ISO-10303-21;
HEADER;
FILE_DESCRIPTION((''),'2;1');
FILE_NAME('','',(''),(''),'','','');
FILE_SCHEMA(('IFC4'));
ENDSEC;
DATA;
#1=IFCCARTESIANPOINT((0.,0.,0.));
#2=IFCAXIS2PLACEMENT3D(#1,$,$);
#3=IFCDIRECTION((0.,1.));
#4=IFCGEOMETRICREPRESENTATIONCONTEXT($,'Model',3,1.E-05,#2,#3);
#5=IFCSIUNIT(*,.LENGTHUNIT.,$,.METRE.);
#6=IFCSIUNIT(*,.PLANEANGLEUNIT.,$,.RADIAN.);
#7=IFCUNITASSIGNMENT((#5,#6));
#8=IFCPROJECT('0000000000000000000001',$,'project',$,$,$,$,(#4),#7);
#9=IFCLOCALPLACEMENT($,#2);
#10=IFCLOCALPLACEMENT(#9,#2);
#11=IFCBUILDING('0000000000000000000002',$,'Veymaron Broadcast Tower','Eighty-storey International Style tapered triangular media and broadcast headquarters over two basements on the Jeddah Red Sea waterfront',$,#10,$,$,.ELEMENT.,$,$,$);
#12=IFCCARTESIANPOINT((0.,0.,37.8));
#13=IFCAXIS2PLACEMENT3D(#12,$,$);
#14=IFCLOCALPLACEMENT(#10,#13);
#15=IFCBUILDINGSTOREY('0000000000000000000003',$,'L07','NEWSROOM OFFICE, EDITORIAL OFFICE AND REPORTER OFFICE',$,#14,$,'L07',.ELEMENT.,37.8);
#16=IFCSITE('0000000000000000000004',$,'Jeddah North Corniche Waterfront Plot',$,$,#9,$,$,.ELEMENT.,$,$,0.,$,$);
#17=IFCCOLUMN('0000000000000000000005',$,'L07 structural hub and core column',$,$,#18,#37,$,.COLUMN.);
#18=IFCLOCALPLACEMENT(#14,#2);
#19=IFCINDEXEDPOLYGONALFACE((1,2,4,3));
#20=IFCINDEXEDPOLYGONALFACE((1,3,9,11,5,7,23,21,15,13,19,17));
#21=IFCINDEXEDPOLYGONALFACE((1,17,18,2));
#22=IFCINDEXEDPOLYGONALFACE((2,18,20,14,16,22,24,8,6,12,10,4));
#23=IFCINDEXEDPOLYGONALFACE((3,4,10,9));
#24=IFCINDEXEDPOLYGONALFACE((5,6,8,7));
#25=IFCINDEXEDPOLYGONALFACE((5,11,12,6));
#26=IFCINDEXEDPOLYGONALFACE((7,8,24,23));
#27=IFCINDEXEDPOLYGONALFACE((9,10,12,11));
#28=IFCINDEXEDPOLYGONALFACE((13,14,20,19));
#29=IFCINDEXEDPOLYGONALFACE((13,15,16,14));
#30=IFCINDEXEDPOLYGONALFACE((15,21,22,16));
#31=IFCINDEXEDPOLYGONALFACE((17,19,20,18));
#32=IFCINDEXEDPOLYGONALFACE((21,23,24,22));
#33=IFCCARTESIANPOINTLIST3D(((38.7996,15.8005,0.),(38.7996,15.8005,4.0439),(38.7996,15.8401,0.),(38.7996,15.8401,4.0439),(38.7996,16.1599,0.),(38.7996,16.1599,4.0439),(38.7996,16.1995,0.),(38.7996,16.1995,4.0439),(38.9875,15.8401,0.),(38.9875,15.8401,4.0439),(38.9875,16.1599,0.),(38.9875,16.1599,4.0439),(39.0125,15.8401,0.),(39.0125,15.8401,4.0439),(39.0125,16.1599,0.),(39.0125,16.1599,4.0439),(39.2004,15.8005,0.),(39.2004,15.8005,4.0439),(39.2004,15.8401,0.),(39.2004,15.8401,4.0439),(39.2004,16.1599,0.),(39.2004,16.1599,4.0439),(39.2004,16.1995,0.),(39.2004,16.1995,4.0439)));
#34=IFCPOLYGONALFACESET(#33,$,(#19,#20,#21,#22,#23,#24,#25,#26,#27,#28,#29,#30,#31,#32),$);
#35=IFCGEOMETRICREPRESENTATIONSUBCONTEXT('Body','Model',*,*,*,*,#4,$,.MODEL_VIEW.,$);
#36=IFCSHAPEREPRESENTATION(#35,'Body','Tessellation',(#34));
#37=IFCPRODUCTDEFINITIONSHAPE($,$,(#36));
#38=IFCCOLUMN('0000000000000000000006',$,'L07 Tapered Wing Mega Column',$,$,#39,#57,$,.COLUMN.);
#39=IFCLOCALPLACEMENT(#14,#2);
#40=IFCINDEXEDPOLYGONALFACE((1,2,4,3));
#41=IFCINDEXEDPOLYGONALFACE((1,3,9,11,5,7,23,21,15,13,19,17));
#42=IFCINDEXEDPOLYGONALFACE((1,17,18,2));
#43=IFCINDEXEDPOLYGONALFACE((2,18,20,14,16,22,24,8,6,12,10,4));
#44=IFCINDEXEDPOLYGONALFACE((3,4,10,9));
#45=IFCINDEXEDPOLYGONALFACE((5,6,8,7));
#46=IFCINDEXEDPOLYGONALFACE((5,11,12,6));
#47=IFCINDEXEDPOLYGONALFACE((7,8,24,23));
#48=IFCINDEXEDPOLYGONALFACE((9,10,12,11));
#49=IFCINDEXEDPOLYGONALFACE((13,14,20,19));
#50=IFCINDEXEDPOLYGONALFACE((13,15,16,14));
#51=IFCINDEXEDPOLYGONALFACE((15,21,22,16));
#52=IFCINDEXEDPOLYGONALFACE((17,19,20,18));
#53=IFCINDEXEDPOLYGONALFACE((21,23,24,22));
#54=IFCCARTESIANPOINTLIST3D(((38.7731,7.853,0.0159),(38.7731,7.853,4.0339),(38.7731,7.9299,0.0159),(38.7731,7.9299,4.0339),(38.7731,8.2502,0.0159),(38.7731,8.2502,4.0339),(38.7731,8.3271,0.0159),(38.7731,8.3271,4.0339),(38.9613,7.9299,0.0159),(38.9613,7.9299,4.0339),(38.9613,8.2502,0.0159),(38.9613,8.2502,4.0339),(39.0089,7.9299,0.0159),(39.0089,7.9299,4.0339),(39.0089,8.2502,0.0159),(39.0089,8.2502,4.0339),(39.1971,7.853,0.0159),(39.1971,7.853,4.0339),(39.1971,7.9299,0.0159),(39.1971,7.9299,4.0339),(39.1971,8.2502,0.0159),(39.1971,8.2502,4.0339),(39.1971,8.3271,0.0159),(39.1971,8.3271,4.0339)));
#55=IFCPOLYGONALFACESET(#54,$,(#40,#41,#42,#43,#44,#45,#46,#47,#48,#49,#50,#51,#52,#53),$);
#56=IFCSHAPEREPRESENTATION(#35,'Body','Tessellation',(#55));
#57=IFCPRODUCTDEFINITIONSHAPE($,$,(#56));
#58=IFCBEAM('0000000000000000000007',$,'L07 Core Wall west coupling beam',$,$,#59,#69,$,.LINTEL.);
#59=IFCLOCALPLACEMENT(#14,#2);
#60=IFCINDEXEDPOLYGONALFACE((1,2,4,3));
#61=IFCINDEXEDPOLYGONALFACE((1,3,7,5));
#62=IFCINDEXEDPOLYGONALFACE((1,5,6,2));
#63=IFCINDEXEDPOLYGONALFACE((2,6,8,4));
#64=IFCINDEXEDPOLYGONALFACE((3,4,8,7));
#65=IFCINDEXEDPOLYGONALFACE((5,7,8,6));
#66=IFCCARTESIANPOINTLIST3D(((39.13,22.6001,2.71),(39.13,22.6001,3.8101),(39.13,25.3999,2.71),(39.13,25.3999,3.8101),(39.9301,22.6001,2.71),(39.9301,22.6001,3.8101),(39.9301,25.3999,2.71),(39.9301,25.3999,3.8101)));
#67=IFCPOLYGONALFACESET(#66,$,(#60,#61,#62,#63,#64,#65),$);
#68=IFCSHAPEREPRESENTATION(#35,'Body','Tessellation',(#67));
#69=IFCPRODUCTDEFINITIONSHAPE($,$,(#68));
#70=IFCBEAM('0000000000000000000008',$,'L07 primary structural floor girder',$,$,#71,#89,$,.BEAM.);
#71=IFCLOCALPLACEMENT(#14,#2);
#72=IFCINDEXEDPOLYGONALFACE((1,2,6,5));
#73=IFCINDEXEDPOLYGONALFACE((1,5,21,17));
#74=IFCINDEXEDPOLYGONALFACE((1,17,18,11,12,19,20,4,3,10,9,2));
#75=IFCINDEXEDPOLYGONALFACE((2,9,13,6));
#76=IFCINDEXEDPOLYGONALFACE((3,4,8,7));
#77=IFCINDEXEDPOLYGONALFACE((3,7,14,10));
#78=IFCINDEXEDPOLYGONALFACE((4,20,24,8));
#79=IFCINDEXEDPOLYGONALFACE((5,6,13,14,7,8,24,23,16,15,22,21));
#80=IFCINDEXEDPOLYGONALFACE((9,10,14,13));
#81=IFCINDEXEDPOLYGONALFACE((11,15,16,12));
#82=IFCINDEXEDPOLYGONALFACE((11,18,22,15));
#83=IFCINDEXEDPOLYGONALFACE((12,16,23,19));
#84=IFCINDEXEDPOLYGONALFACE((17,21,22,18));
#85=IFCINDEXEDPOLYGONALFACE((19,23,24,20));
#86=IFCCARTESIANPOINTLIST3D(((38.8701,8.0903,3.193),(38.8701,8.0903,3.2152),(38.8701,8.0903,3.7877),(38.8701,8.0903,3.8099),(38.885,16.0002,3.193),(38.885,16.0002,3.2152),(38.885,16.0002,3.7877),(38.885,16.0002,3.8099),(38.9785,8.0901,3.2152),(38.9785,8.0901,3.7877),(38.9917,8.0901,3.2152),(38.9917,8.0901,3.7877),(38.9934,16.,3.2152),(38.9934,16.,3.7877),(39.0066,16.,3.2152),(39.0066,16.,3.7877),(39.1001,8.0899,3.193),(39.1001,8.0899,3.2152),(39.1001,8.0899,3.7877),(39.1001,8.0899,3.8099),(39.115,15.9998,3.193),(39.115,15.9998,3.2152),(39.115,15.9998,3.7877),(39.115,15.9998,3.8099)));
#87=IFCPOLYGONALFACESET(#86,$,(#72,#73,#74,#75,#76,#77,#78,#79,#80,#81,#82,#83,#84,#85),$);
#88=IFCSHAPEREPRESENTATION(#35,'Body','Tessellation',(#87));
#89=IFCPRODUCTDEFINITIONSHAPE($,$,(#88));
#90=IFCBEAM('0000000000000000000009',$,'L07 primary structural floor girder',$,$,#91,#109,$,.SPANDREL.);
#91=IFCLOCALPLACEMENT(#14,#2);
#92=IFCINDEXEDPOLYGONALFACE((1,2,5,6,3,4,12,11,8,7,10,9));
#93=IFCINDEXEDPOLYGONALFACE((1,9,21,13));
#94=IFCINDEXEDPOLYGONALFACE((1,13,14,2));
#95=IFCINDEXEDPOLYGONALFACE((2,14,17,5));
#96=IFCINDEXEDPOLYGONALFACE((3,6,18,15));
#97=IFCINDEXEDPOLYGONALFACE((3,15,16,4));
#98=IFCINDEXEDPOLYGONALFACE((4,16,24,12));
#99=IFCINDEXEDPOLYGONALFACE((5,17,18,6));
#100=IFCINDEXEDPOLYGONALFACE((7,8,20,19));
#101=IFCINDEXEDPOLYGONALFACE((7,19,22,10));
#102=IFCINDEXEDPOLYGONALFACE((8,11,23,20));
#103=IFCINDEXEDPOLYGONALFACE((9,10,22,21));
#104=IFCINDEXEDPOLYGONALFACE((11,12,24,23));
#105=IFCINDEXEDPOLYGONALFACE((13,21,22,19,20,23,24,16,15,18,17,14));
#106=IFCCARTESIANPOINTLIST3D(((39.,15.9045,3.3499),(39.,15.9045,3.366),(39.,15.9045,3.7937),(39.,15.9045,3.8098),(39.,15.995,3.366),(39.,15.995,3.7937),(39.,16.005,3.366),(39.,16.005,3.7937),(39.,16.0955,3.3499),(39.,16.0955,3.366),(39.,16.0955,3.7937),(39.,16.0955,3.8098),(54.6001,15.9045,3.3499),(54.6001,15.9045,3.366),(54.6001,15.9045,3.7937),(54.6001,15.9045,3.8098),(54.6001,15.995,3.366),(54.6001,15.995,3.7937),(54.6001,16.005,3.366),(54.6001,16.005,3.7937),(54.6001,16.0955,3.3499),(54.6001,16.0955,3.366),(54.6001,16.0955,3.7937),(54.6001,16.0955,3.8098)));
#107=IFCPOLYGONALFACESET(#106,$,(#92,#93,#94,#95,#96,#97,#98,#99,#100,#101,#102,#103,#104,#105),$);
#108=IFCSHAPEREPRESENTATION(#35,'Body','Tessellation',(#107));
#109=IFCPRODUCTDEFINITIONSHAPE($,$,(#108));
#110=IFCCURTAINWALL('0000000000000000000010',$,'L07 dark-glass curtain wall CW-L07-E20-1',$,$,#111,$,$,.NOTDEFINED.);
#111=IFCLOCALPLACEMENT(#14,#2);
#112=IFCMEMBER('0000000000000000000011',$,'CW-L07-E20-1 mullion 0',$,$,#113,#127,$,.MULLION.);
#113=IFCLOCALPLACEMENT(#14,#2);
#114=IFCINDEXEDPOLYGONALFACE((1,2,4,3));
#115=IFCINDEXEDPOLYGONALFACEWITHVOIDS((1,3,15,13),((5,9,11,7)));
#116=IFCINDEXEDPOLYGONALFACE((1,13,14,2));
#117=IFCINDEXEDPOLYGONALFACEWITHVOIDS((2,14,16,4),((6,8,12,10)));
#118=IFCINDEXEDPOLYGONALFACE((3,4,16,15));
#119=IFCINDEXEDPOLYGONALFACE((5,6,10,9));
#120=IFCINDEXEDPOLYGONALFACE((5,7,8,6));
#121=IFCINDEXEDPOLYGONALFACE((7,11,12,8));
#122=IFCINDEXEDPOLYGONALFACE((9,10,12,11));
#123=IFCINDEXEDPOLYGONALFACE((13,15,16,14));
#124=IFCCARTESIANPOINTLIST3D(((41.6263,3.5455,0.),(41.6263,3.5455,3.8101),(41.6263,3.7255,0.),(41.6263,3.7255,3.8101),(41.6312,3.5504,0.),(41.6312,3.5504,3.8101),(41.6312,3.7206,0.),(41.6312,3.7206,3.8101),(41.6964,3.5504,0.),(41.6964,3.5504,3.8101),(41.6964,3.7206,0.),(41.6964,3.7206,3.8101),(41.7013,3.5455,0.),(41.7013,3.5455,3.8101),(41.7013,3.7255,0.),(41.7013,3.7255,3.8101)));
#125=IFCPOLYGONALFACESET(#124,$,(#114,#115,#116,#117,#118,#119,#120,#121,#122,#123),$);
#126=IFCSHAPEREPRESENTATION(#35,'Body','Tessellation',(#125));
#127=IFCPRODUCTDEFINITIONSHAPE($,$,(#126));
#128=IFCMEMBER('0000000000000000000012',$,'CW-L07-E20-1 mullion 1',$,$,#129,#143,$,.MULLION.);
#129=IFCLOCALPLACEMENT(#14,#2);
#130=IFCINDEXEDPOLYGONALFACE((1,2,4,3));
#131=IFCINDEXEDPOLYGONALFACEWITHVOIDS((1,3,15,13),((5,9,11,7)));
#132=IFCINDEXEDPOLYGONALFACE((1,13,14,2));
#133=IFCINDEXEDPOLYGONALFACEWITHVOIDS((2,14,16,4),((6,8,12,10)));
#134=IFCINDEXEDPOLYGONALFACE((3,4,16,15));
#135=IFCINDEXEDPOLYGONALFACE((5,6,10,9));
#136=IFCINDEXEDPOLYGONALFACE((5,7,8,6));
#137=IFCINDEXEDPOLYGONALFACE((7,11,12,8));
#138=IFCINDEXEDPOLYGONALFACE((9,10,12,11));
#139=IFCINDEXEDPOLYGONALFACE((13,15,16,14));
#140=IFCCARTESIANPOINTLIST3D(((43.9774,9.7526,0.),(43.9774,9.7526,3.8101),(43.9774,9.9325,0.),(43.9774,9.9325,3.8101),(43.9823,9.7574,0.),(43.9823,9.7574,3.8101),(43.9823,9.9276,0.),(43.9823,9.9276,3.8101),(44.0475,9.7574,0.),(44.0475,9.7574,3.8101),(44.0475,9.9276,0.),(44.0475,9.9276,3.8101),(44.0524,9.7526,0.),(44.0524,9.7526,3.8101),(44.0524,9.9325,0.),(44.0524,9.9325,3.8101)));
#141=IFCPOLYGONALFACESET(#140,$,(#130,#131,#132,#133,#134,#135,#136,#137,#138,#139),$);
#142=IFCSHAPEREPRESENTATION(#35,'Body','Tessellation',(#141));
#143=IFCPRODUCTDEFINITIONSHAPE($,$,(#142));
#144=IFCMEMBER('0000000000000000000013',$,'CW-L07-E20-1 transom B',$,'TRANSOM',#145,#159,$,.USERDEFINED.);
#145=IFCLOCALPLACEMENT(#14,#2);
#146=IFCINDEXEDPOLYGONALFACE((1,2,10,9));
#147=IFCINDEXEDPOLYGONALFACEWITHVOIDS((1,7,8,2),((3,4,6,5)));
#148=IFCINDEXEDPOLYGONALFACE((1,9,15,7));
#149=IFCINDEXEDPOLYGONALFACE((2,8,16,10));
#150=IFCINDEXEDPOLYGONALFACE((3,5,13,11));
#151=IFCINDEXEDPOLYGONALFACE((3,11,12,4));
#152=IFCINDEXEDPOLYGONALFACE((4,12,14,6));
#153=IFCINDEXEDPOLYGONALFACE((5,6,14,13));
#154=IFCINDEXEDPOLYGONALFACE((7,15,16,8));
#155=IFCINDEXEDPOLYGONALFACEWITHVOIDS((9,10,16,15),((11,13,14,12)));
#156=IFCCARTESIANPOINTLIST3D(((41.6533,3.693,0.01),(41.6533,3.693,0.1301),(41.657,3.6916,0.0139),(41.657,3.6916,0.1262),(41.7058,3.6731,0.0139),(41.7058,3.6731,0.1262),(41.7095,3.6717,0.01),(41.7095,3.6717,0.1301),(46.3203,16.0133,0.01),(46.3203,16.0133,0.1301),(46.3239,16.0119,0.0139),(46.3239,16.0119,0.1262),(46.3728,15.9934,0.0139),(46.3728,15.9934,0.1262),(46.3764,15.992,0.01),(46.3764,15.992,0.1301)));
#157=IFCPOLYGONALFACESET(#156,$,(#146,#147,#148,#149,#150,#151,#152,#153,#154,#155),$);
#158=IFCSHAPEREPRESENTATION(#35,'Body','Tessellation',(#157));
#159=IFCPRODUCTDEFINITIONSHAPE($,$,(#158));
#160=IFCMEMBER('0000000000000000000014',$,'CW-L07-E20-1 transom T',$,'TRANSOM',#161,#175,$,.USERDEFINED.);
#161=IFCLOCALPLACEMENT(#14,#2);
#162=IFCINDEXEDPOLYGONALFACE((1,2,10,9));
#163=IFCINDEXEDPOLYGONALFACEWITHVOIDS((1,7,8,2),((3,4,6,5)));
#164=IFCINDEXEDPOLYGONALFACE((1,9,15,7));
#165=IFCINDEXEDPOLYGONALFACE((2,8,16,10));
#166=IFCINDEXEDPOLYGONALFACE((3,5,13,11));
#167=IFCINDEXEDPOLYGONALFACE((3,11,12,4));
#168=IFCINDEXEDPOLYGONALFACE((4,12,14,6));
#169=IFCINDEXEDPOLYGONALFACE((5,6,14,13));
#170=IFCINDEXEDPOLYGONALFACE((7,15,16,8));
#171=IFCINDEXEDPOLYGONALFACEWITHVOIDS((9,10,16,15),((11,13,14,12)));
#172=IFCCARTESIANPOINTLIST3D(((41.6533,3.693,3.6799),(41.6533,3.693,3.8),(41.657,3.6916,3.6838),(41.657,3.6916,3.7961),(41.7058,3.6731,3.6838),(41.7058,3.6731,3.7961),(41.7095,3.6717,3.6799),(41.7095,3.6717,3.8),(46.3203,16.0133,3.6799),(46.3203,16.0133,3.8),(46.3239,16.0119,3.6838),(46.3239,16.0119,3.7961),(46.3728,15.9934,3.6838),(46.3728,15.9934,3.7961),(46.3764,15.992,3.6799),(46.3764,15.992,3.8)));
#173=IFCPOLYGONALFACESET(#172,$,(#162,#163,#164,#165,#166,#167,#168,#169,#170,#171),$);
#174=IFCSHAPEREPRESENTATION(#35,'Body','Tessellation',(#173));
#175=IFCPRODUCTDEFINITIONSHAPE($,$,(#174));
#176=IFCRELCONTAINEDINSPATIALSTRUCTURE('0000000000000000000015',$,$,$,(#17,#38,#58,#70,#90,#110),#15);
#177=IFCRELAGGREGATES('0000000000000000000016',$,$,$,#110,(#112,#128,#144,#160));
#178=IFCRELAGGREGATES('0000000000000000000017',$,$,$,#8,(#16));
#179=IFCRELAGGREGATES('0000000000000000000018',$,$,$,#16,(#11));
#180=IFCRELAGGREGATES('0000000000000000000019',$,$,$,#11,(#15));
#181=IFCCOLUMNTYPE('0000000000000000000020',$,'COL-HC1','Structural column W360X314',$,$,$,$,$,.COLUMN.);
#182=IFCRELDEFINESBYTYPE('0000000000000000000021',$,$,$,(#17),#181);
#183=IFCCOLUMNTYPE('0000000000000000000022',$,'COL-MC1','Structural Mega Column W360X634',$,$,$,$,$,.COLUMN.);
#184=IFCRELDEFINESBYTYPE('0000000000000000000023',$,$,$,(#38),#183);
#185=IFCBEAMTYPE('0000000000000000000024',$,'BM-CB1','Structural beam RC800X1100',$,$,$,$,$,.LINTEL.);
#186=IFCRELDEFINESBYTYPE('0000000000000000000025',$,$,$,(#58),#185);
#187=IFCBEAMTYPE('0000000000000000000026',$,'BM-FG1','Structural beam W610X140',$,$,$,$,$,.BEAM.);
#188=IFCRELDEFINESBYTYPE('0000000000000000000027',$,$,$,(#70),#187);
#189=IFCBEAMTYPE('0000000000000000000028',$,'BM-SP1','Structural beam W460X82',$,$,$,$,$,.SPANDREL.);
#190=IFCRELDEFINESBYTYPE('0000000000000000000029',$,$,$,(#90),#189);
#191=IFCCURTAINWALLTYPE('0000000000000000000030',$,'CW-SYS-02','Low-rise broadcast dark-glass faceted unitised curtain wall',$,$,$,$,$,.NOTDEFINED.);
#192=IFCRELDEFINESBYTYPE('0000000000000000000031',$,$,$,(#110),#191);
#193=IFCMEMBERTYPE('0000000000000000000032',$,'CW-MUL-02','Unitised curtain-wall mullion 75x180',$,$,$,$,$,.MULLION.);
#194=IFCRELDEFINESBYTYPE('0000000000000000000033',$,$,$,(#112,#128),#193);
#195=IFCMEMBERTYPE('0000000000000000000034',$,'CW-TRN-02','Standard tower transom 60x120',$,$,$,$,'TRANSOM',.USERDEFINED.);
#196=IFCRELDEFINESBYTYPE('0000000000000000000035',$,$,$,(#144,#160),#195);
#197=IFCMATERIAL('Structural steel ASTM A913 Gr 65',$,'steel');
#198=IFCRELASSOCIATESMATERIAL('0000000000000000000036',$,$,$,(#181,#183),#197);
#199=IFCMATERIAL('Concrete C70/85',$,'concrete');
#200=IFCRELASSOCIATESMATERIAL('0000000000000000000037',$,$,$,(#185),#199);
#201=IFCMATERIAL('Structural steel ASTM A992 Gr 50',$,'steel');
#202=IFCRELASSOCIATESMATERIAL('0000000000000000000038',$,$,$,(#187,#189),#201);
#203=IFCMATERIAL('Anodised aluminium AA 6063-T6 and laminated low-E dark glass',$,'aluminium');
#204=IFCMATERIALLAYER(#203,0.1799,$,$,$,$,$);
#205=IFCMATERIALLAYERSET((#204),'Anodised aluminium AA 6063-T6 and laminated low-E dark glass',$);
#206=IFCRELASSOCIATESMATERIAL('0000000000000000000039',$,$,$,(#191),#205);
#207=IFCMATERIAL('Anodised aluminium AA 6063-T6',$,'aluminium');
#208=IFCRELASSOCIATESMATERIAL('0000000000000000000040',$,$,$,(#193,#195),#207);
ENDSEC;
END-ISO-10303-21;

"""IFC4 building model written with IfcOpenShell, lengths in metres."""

from ifc_helpers import new_model, si_unit, direction, frame, origin, origin_2d, place, context, subcontext, project, spatial, rectangle, hollow_rectangle, i_section, extrude, material, layer, layer_set, material_profile, profile_set, type_object, element, aggregate, save


model = new_model("IFC4")

# Units and contexts
model_context = context("Model", 3, precision=1e-05, world=origin(), true_north=direction((0.0, 1.0)))
body_context = subcontext(model_context, "Body", "Model", "MODEL_VIEW")
ifc_project = project(units=[si_unit("LENGTHUNIT", "METRE"), si_unit("PLANEANGLEUNIT", "RADIAN")], contexts=[model_context])

# Site, building, storey
site_placement = place(None, origin())
site = spatial("IfcSite", under=ifc_project, at=site_placement, Name="Jeddah North Corniche Waterfront Plot", CompositionType="ELEMENT", RefElevation=0.0)
building_placement = place(site_placement, origin())
building = spatial("IfcBuilding", under=site, at=building_placement, Name="Veymaron Broadcast Tower", Description="Eighty-storey International Style tapered triangular media and broadcast headquarters over two basements on the Jeddah Red Sea waterfront", CompositionType="ELEMENT")
storey_placement = place(building_placement, frame((0.0, 0.0, 37.8)))
storey = spatial("IfcBuildingStorey", under=building, at=storey_placement, Name="L07", Description="NEWSROOM OFFICE, EDITORIAL OFFICE AND REPORTER OFFICE", LongName="L07", CompositionType="ELEMENT", Elevation=37.8)

# Columns
ifc_material_1 = material(Name="Structural steel ASTM A913 Gr 65", Category="steel")
ifc_material_profile_1 = material_profile(ifc_material_1, i_section(OverallWidth=0.4009, OverallDepth=0.3989, WebThickness=0.0249, FlangeThickness=0.0396, at=origin_2d()), Name="W360X314")
ifc_profile_set_1 = profile_set([ifc_material_profile_1], Name="Structural steel ASTM A913 Gr 65")
column_type_1 = type_object("IfcColumnType", Name="COL-HC1", Description="Structural column W360X314", PredefinedType="COLUMN", material=ifc_profile_set_1)
column_1_placement = place(storey_placement, frame((39.0, 16.0, 0.0), z_axis=(0.0, 0.0, 1.0), x_axis=(1.0, 0.0, 0.0)))
element("IfcColumn", 1, at=column_1_placement, inside=storey, type_object=column_type_1, Name="L07 structural hub and core column", PredefinedType="COLUMN", context=body_context, shape_type="SweptSolid", body=[
    extrude(i_section(OverallWidth=0.4009, OverallDepth=0.3989, WebThickness=0.0249, FlangeThickness=0.0396, at=origin_2d()), origin(), (0.0, 0.0, 1.0), 4.0439),
])
ifc_material_profile_2 = material_profile(ifc_material_1, i_section(OverallWidth=0.4241, OverallDepth=0.4741, WebThickness=0.0476, FlangeThickness=0.0769, at=origin_2d()), Name="W360X634")
ifc_profile_set_2 = profile_set([ifc_material_profile_2], Name="Structural steel ASTM A913 Gr 65")
column_type_2 = type_object("IfcColumnType", Name="COL-MC1", Description="Structural Mega Column W360X634", PredefinedType="COLUMN", material=ifc_profile_set_2)
column_2_placement = place(storey_placement, frame((38.9851, 8.0901, 0.0159), z_axis=(0.0, 0.0, 1.0), x_axis=(1.0, 0.0, 0.0)))
element("IfcColumn", 2, at=column_2_placement, inside=storey, type_object=column_type_2, Name="L07 Tapered Wing Mega Column", PredefinedType="COLUMN", context=body_context, shape_type="SweptSolid", body=[
    extrude(i_section(OverallWidth=0.4241, OverallDepth=0.4741, WebThickness=0.0476, FlangeThickness=0.0769, at=origin_2d()), origin(), (0.0, 0.0, 1.0), 4.0181),
])

# Beams
ifc_material_2 = material(Name="Concrete C70/85", Category="concrete")
ifc_material_profile_3 = material_profile(ifc_material_2, rectangle(XDim=0.8, YDim=1.1001, at=origin_2d()), Name="RC800X1100")
ifc_profile_set_3 = profile_set([ifc_material_profile_3], Name="Concrete C70/85")
beam_type_1 = type_object("IfcBeamType", Name="BM-CB1", Description="Structural beam RC800X1100", PredefinedType="LINTEL", material=ifc_profile_set_3)
beam_1_placement = place(storey_placement, frame((39.53, 22.6001, 3.26), z_axis=(0.0, 1.0, 0.0), x_axis=(-1.0, 0.0, 0.0)))
element("IfcBeam", 3, at=beam_1_placement, inside=storey, type_object=beam_type_1, Name="L07 Core Wall west coupling beam", PredefinedType="LINTEL", context=body_context, shape_type="SweptSolid", body=[
    extrude(rectangle(XDim=0.8, YDim=1.1001, at=origin_2d()), origin(), (0.0, 0.0, 1.0), 2.7998),
])
ifc_material_3 = material(Name="Structural steel ASTM A992 Gr 50", Category="steel")
ifc_material_profile_4 = material_profile(ifc_material_3, i_section(OverallWidth=0.23, OverallDepth=0.6169, WebThickness=0.0132, FlangeThickness=0.0222, at=origin_2d()), Name="W610X140")
ifc_profile_set_4 = profile_set([ifc_material_profile_4], Name="Structural steel ASTM A992 Gr 50")
beam_type_2 = type_object("IfcBeamType", Name="BM-FG1", Description="Structural beam W610X140", PredefinedType="BEAM", material=ifc_profile_set_4)
beam_2_placement = place(storey_placement, frame((39.0, 16.0, 3.5015), z_axis=(-0.001883, -0.999998, 0.0), x_axis=(0.999998, -0.001883, 0.0)))
element("IfcBeam", 4, at=beam_2_placement, inside=storey, type_object=beam_type_2, Name="L07 primary structural floor girder", PredefinedType="BEAM", context=body_context, shape_type="SweptSolid", body=[
    extrude(i_section(OverallWidth=0.23, OverallDepth=0.6169, WebThickness=0.0132, FlangeThickness=0.0222, at=origin_2d()), origin(), (0.0, 0.0, 1.0), 7.9099),
])
ifc_material_profile_5 = material_profile(ifc_material_3, i_section(OverallWidth=0.1909, OverallDepth=0.46, WebThickness=0.01, FlangeThickness=0.0161, at=origin_2d()), Name="W460X82")
ifc_profile_set_5 = profile_set([ifc_material_profile_5], Name="Structural steel ASTM A992 Gr 50")
beam_type_3 = type_object("IfcBeamType", Name="BM-SP1", Description="Structural beam W460X82", PredefinedType="SPANDREL", material=ifc_profile_set_5)
beam_3_placement = place(storey_placement, frame((39.0, 16.0, 3.5798), z_axis=(1.0, 0.0, 0.0), x_axis=(0.0, 1.0, 0.0)))
element("IfcBeam", 5, at=beam_3_placement, inside=storey, type_object=beam_type_3, Name="L07 primary structural floor girder", PredefinedType="SPANDREL", context=body_context, shape_type="SweptSolid", body=[
    extrude(i_section(OverallWidth=0.1909, OverallDepth=0.46, WebThickness=0.01, FlangeThickness=0.0161, at=origin_2d()), origin(), (0.0, 0.0, 1.0), 15.6001),
])

# Curtain wall, members
ifc_material_4 = material(Name="Anodised aluminium AA 6063-T6 and laminated low-E dark glass", Category="aluminium")
ifc_layer_1 = layer(ifc_material_4, 0.1799)
ifc_layer_set_1 = layer_set([ifc_layer_1], Name="Anodised aluminium AA 6063-T6 and laminated low-E dark glass")
curtain_wall_type = type_object("IfcCurtainWallType", Name="CW-SYS-02", Description="Low-rise broadcast dark-glass faceted unitised curtain wall", PredefinedType="NOTDEFINED", material=ifc_layer_set_1)
curtain_wall_placement = place(storey_placement, origin())
curtain_wall = element("IfcCurtainWall", 6, at=curtain_wall_placement, inside=storey, type_object=curtain_wall_type, Name="L07 dark-glass curtain wall CW-L07-E20-1", PredefinedType="NOTDEFINED")
ifc_material_5 = material(Name="Anodised aluminium AA 6063-T6", Category="aluminium")
ifc_material_profile_6 = material_profile(ifc_material_5, hollow_rectangle(XDim=0.075, YDim=0.1799, WallThickness=0.0049, at=origin_2d()), Name="AL180X75X5")
ifc_profile_set_6 = profile_set([ifc_material_profile_6], Name="Anodised aluminium AA 6063-T6")
member_type_1 = type_object("IfcMemberType", Name="CW-MUL-02", Description="Unitised curtain-wall mullion 75x180", PredefinedType="MULLION", material=ifc_profile_set_6)
member_1_placement = place(storey_placement, frame((41.6638, 3.6355, 0.0), z_axis=(0.0, 0.0, 1.0), x_axis=(1.0, 0.0, 0.0)))
member_1 = element("IfcMember", 7, at=member_1_placement, type_object=member_type_1, Name="CW-L07-E20-1 mullion 0", PredefinedType="MULLION", context=body_context, shape_type="SweptSolid", body=[
    extrude(hollow_rectangle(XDim=0.075, YDim=0.1799, WallThickness=0.0049, at=origin_2d()), origin(), (0.0, 0.0, 1.0), 3.8101),
])
member_2_placement = place(storey_placement, frame((44.0149, 9.8425, 0.0), z_axis=(0.0, 0.0, 1.0), x_axis=(1.0, 0.0, 0.0)))
member_2 = element("IfcMember", 8, at=member_2_placement, type_object=member_type_1, Name="CW-L07-E20-1 mullion 1", PredefinedType="MULLION", context=body_context, shape_type="SweptSolid", body=[
    extrude(hollow_rectangle(XDim=0.075, YDim=0.1799, WallThickness=0.0049, at=origin_2d()), origin(), (0.0, 0.0, 1.0), 3.8101),
])
ifc_material_profile_7 = material_profile(ifc_material_5, hollow_rectangle(XDim=0.0601, YDim=0.1201, WallThickness=0.0039, at=origin_2d()), Name="AL120X60X4")
ifc_profile_set_7 = profile_set([ifc_material_profile_7], Name="Anodised aluminium AA 6063-T6")
member_type_2 = type_object("IfcMemberType", Name="CW-TRN-02", Description="Standard tower transom 60x120", ElementType="TRANSOM", PredefinedType="USERDEFINED", material=ifc_profile_set_7)
member_3_placement = place(storey_placement, frame((41.6814, 3.6824, 0.0701), z_axis=(0.354241, 0.935154, 0.0), x_axis=(-0.935154, 0.354241, 0.0)))
member_3 = element("IfcMember", 9, at=member_3_placement, type_object=member_type_2, Name="CW-L07-E20-1 transom B", ObjectType="TRANSOM", PredefinedType="USERDEFINED", context=body_context, shape_type="SweptSolid", body=[
    extrude(hollow_rectangle(XDim=0.0601, YDim=0.1201, WallThickness=0.0039, at=origin_2d()), origin(), (0.0, 0.0, 1.0), 13.1746),
])
member_4_placement = place(storey_placement, frame((41.6814, 3.6824, 3.74), z_axis=(0.354241, 0.935154, 0.0), x_axis=(-0.935154, 0.354241, 0.0)))
member_4 = element("IfcMember", 10, at=member_4_placement, type_object=member_type_2, Name="CW-L07-E20-1 transom T", ObjectType="TRANSOM", PredefinedType="USERDEFINED", context=body_context, shape_type="SweptSolid", body=[
    extrude(hollow_rectangle(XDim=0.0601, YDim=0.1201, WallThickness=0.0039, at=origin_2d()), origin(), (0.0, 0.0, 1.0), 13.1746),
])
aggregate(curtain_wall, [member_1, member_2, member_3, member_4])

save(model, "model.ifc")
